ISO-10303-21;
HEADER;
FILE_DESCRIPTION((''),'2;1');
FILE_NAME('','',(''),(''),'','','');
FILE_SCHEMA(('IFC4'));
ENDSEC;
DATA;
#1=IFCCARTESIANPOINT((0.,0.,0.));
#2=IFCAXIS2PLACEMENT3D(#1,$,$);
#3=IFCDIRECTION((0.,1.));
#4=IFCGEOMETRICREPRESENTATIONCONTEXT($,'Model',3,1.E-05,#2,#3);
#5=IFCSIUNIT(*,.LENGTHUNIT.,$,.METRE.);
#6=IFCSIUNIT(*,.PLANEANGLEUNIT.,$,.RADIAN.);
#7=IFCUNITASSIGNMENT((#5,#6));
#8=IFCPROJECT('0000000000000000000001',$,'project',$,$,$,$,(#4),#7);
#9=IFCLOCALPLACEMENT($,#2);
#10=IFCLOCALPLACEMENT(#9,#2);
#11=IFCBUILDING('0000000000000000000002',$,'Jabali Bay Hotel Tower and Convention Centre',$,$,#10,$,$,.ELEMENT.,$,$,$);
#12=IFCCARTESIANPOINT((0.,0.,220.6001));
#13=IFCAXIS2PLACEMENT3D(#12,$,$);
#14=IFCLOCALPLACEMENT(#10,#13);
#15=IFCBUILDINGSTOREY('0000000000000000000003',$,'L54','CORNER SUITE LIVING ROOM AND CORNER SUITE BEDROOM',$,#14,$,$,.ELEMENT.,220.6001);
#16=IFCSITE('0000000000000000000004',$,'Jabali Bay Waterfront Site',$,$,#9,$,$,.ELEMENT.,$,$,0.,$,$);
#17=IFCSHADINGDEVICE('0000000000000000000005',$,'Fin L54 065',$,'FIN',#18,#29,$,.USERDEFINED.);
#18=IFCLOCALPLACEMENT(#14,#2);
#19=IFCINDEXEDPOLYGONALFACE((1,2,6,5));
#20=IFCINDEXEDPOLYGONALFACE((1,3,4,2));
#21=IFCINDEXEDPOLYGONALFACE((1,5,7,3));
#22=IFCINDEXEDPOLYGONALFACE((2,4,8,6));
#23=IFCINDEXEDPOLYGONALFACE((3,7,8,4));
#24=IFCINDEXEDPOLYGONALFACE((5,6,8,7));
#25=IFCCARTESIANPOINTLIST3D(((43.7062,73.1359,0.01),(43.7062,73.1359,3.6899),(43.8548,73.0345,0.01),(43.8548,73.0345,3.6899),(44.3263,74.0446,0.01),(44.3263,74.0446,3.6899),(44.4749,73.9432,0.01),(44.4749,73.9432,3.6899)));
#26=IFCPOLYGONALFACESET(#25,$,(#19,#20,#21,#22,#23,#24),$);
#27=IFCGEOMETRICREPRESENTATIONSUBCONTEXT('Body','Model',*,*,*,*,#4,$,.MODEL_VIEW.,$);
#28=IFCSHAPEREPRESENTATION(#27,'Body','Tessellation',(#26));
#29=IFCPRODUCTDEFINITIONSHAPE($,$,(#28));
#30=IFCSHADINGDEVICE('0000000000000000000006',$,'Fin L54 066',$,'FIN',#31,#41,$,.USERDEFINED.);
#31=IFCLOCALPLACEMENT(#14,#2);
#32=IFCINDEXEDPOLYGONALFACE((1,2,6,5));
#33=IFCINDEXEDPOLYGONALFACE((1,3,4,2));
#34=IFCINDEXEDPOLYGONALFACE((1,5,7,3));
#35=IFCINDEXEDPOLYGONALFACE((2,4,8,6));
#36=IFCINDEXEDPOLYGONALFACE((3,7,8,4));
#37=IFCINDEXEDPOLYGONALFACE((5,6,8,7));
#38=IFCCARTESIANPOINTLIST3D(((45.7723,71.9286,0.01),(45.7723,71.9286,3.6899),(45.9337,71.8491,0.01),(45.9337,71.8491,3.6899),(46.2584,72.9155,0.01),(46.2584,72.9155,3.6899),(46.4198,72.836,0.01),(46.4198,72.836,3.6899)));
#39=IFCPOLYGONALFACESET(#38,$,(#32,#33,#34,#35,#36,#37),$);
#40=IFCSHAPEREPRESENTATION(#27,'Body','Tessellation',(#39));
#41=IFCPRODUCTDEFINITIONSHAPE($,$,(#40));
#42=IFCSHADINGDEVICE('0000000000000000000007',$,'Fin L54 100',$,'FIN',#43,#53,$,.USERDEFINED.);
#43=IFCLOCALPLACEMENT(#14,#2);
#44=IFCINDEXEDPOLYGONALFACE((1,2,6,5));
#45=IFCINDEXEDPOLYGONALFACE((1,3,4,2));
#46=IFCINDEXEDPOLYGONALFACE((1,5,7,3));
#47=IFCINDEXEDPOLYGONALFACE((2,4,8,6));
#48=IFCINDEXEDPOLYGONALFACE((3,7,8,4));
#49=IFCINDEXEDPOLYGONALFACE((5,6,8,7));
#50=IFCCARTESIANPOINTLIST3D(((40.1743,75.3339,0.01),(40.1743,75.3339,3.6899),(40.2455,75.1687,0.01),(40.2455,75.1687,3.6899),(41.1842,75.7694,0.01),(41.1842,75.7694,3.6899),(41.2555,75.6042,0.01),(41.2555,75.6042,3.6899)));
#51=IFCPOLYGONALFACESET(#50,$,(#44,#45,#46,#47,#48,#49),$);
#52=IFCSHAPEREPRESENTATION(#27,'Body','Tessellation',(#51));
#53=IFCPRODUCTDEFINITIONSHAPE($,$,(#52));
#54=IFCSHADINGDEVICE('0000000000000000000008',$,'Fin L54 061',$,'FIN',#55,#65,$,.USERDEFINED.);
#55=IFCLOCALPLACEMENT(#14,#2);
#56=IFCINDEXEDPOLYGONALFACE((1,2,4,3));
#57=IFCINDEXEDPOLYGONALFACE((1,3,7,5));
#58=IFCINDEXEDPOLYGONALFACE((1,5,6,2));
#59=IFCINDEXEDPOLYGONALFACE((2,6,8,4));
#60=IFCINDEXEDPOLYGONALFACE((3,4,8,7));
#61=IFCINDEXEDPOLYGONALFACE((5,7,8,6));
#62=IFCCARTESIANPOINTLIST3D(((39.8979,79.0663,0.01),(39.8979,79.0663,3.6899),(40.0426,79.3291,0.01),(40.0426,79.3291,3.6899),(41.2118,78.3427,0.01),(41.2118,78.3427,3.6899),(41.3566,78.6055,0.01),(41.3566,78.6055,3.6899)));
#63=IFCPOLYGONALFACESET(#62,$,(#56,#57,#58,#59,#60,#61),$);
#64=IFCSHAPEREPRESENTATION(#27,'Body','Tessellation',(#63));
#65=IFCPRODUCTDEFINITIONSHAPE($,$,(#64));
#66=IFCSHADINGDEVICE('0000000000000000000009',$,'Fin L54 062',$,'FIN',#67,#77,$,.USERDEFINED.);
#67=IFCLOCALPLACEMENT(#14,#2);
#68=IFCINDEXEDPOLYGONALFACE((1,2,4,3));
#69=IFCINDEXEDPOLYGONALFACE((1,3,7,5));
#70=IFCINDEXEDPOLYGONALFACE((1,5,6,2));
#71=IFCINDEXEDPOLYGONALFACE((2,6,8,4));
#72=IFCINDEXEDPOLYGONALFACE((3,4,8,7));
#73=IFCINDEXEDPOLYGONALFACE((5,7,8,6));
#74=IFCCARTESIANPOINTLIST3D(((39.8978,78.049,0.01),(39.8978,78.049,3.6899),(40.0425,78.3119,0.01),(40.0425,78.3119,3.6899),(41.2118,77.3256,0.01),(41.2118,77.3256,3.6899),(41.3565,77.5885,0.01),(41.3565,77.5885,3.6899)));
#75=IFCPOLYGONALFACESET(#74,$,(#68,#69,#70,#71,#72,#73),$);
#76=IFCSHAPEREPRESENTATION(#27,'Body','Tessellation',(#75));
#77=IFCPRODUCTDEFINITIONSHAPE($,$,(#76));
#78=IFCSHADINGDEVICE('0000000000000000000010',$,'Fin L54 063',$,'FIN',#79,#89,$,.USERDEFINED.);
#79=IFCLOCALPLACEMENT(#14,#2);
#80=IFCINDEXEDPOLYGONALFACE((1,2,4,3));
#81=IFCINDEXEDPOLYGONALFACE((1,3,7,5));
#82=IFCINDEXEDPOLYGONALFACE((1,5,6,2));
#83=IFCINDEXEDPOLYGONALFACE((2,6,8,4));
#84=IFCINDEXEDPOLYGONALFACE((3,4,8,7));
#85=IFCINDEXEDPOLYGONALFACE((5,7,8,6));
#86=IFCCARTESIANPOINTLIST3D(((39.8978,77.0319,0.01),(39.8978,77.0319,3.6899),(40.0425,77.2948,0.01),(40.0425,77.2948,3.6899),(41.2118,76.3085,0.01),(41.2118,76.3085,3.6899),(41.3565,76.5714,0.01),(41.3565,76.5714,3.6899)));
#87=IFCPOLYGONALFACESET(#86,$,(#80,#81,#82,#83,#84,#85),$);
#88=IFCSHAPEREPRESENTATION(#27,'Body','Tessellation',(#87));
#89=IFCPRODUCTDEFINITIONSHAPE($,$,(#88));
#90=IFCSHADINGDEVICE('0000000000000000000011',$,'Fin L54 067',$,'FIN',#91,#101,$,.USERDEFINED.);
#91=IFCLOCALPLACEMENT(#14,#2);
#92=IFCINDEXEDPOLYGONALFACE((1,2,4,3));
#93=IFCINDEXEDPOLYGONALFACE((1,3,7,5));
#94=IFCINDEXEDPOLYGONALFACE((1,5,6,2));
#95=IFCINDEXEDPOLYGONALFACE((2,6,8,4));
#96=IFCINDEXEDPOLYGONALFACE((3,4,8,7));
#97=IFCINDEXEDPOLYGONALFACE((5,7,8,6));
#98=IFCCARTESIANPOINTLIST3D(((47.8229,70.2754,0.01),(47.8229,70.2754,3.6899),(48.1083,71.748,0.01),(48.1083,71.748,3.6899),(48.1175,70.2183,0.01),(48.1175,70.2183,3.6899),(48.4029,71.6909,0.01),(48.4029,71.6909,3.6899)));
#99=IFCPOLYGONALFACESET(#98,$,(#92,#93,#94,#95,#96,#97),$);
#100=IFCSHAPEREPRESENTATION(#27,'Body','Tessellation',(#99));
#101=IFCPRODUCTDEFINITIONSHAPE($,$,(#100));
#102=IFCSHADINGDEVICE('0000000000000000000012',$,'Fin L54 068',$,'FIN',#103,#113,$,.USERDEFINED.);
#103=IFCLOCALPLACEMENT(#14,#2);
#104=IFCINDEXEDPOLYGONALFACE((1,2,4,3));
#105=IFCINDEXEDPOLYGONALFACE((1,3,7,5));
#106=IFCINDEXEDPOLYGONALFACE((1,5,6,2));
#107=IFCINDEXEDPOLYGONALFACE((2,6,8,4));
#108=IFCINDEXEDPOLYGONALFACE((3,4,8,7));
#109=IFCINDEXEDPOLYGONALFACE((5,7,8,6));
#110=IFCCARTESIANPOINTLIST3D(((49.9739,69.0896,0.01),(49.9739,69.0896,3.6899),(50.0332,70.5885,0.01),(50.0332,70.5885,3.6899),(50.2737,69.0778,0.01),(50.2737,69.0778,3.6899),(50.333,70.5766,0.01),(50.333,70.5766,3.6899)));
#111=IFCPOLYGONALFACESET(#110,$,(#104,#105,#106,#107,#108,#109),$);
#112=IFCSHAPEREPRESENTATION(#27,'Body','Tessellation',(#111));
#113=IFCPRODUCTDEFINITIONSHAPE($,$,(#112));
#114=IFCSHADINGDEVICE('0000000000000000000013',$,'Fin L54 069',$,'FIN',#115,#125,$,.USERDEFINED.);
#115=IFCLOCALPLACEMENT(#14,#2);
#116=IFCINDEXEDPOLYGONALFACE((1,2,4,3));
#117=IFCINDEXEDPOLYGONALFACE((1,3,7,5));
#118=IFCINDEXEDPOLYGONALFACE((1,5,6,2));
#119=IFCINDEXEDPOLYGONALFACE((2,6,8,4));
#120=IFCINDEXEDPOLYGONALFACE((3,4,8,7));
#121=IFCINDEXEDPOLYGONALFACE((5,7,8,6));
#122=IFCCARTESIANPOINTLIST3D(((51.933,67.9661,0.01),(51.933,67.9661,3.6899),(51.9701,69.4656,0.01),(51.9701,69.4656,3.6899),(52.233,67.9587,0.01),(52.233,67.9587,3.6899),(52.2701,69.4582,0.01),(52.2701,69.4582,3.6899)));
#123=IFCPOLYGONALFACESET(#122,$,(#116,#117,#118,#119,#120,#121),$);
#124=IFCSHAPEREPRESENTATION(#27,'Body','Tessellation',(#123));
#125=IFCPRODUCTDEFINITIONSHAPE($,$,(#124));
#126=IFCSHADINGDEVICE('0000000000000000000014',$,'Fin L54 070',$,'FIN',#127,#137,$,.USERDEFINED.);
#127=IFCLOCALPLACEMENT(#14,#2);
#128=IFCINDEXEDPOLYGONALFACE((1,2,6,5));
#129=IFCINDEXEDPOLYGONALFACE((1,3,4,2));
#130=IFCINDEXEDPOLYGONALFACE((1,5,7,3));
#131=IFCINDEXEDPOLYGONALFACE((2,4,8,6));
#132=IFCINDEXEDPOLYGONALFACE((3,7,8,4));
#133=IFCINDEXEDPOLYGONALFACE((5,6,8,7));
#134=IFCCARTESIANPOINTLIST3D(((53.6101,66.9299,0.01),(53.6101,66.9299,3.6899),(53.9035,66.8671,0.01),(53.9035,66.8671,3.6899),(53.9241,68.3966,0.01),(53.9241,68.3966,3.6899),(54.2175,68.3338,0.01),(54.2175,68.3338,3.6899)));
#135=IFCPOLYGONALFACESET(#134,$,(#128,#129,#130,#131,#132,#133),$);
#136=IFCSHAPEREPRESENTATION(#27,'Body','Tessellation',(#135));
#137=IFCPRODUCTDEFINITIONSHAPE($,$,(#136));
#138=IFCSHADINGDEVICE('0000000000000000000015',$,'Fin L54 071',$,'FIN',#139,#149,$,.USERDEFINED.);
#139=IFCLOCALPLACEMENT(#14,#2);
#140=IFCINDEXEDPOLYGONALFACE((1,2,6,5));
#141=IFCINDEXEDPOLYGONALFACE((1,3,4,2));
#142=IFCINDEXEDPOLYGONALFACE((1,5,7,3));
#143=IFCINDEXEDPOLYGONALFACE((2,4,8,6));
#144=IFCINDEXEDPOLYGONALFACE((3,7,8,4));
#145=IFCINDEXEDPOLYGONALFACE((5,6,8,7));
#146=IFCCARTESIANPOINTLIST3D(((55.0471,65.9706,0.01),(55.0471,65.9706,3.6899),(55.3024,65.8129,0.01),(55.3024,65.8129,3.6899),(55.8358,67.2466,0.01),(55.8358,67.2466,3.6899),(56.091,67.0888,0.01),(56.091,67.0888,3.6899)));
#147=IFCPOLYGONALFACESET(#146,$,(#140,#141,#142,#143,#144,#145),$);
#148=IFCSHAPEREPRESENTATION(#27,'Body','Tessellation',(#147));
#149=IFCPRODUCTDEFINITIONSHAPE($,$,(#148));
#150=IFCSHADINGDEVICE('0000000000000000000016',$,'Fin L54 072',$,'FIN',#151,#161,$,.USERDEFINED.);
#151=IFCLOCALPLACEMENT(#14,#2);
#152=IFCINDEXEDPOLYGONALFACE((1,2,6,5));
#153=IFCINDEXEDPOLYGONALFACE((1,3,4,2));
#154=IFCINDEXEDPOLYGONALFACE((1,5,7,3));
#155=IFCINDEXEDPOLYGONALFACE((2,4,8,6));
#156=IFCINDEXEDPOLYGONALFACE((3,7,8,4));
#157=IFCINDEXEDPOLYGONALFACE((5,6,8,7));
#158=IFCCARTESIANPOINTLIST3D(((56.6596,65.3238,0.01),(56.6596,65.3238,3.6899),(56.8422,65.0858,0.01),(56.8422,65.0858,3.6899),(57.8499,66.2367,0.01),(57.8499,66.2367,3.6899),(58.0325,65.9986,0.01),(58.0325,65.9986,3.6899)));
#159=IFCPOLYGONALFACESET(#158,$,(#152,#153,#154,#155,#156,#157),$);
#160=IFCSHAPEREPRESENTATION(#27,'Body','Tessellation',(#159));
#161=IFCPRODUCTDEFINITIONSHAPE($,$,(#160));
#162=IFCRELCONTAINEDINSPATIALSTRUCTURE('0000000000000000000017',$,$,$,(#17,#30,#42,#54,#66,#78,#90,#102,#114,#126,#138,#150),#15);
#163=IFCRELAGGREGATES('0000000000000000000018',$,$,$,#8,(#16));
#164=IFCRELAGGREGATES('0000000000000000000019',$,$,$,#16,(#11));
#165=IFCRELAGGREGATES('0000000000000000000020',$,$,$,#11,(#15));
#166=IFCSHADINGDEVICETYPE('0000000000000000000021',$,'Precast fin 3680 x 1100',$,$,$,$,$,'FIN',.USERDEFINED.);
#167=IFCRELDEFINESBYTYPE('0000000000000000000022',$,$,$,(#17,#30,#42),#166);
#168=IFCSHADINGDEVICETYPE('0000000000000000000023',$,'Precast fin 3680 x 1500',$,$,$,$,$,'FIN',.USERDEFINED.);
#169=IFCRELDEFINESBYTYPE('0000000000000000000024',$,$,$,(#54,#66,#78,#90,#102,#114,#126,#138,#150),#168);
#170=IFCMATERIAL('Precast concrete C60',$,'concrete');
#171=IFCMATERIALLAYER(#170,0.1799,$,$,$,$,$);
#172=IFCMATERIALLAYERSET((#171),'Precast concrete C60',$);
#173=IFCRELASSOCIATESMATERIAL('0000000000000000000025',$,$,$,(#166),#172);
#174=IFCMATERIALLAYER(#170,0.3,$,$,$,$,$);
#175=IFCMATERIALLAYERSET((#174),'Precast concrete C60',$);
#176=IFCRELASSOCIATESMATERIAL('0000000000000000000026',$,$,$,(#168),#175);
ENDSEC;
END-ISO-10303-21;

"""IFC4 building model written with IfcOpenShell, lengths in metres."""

from ifc_helpers import new_model, si_unit, direction, frame, frame_2d, origin, place, context, subcontext, project, spatial, rectangle, extrude, material, layer, layer_set, type_object, element, save


model = new_model("IFC4")

# Units and contexts
model_context = context("Model", 3, precision=1e-05, world=origin(), true_north=direction((0.0, 1.0)))
body_context = subcontext(model_context, "Body", "Model", "MODEL_VIEW")
ifc_project = project(units=[si_unit("LENGTHUNIT", "METRE"), si_unit("PLANEANGLEUNIT", "RADIAN")], contexts=[model_context])

# Site, building, storey
site_placement = place(None, origin())
site = spatial("IfcSite", under=ifc_project, at=site_placement, Name="Jabali Bay Waterfront Site", CompositionType="ELEMENT", RefElevation=0.0)
building_placement = place(site_placement, origin())
building = spatial("IfcBuilding", under=site, at=building_placement, Name="Jabali Bay Hotel Tower and Convention Centre", CompositionType="ELEMENT")
storey_placement = place(building_placement, frame((0.0, 0.0, 220.6001)))
storey = spatial("IfcBuildingStorey", under=building, at=storey_placement, Name="L54", Description="CORNER SUITE LIVING ROOM AND CORNER SUITE BEDROOM", CompositionType="ELEMENT", Elevation=220.6001)

# Shading devices
ifc_material_1 = material(Name="Precast concrete C60", Category="concrete")
ifc_layer_1 = layer(ifc_material_1, 0.1799)
ifc_layer_set_1 = layer_set([ifc_layer_1], Name="Precast concrete C60")
shading_device_type_1 = type_object("IfcShadingDeviceType", Name="Precast fin 3680 x 1100", ElementType="FIN", PredefinedType="USERDEFINED", material=ifc_layer_set_1)
for number, where, z_axis, x_axis, name in (
    (1, (44.4006, 73.9939, 0.01), (0.0, 0.0, 1.0), (-0.563681, -0.825993, 0.0), "Fin L54 065"),
    (2, (46.3391, 72.8757, 0.01), (0.0, 0.0, 1.0), (-0.441879, -0.897075, 0.0), "Fin L54 066"),
):
    element("IfcShadingDevice", number, at=place(storey_placement, frame(where, z_axis=z_axis, x_axis=x_axis)), inside=storey, type_object=shading_device_type_1, Name=name, ObjectType="FIN", PredefinedType="USERDEFINED", context=body_context, shape_type="SweptSolid", body=[
        extrude(rectangle(XDim=1.1001, YDim=0.1799, at=frame_2d((0.55, 0.0))), origin(), (0.0, 0.0, 1.0), 3.6799),
    ])
shading_device_1_placement = place(storey_placement, frame((41.2197, 75.6868, 0.01), z_axis=(0.0, 0.0, 1.0), x_axis=(-0.918259, -0.395981, 0.0)))
element("IfcShadingDevice", 3, at=shading_device_1_placement, inside=storey, type_object=shading_device_type_1, Name="Fin L54 100", ObjectType="FIN", PredefinedType="USERDEFINED", context=body_context, shape_type="SweptSolid", body=[
    extrude(rectangle(XDim=1.0999, YDim=0.1799, at=frame_2d((0.5498, 0.0))), origin(), (0.0, 0.0, 1.0), 3.6799),
])
ifc_layer_2 = layer(ifc_material_1, 0.3)
ifc_layer_set_2 = layer_set([ifc_layer_2], Name="Precast concrete C60")
shading_device_type_2 = type_object("IfcShadingDeviceType", Name="Precast fin 3680 x 1500", ElementType="FIN", PredefinedType="USERDEFINED", material=ifc_layer_set_2)
for number, where, z_axis, x_axis, name in (
    (4, (41.2842, 78.4741, 0.01), (0.0, 0.0, 1.0), (-0.875948, 0.482406, 0.0), "Fin L54 061"),
    (5, (41.2842, 77.457, 0.01), (0.0, 0.0, 1.0), (-0.876017, 0.482281, 0.0), "Fin L54 062"),
    (6, (41.2842, 76.4399, 0.01), (0.0, 0.0, 1.0), (-0.876017, 0.482281, 0.0), "Fin L54 063"),
    (7, (48.2556, 71.7195, 0.01), (0.0, 0.0, 1.0), (-0.19026, -0.981734, 0.0), "Fin L54 067"),
    (8, (50.1831, 70.5825, 0.01), (0.0, 0.0, 1.0), (-0.039552, -0.999218, 0.0), "Fin L54 068"),
    (9, (52.1201, 69.4619, 0.01), (0.0, 0.0, 1.0), (-0.02474, -0.999694, 0.0), "Fin L54 069"),
    (10, (54.0708, 68.3652, 0.01), (0.0, 0.0, 1.0), (-0.209307, -0.97785, 0.0), "Fin L54 070"),
    (11, (55.9634, 67.1677, 0.01), (0.0, 0.0, 1.0), (-0.525749, -0.85064, 0.0), "Fin L54 071"),
    (12, (57.9412, 66.1177, 0.01), (0.0, 0.0, 1.0), (-0.793488, -0.608585, 0.0), "Fin L54 072"),
):
    element("IfcShadingDevice", number, at=place(storey_placement, frame(where, z_axis=z_axis, x_axis=x_axis)), inside=storey, type_object=shading_device_type_2, Name=name, ObjectType="FIN", PredefinedType="USERDEFINED", context=body_context, shape_type="SweptSolid", body=[
        extrude(rectangle(XDim=1.5, YDim=0.3, at=frame_2d((0.75, 0.0))), origin(), (0.0, 0.0, 1.0), 3.6799),
    ])

save(model, "model.ifc")
